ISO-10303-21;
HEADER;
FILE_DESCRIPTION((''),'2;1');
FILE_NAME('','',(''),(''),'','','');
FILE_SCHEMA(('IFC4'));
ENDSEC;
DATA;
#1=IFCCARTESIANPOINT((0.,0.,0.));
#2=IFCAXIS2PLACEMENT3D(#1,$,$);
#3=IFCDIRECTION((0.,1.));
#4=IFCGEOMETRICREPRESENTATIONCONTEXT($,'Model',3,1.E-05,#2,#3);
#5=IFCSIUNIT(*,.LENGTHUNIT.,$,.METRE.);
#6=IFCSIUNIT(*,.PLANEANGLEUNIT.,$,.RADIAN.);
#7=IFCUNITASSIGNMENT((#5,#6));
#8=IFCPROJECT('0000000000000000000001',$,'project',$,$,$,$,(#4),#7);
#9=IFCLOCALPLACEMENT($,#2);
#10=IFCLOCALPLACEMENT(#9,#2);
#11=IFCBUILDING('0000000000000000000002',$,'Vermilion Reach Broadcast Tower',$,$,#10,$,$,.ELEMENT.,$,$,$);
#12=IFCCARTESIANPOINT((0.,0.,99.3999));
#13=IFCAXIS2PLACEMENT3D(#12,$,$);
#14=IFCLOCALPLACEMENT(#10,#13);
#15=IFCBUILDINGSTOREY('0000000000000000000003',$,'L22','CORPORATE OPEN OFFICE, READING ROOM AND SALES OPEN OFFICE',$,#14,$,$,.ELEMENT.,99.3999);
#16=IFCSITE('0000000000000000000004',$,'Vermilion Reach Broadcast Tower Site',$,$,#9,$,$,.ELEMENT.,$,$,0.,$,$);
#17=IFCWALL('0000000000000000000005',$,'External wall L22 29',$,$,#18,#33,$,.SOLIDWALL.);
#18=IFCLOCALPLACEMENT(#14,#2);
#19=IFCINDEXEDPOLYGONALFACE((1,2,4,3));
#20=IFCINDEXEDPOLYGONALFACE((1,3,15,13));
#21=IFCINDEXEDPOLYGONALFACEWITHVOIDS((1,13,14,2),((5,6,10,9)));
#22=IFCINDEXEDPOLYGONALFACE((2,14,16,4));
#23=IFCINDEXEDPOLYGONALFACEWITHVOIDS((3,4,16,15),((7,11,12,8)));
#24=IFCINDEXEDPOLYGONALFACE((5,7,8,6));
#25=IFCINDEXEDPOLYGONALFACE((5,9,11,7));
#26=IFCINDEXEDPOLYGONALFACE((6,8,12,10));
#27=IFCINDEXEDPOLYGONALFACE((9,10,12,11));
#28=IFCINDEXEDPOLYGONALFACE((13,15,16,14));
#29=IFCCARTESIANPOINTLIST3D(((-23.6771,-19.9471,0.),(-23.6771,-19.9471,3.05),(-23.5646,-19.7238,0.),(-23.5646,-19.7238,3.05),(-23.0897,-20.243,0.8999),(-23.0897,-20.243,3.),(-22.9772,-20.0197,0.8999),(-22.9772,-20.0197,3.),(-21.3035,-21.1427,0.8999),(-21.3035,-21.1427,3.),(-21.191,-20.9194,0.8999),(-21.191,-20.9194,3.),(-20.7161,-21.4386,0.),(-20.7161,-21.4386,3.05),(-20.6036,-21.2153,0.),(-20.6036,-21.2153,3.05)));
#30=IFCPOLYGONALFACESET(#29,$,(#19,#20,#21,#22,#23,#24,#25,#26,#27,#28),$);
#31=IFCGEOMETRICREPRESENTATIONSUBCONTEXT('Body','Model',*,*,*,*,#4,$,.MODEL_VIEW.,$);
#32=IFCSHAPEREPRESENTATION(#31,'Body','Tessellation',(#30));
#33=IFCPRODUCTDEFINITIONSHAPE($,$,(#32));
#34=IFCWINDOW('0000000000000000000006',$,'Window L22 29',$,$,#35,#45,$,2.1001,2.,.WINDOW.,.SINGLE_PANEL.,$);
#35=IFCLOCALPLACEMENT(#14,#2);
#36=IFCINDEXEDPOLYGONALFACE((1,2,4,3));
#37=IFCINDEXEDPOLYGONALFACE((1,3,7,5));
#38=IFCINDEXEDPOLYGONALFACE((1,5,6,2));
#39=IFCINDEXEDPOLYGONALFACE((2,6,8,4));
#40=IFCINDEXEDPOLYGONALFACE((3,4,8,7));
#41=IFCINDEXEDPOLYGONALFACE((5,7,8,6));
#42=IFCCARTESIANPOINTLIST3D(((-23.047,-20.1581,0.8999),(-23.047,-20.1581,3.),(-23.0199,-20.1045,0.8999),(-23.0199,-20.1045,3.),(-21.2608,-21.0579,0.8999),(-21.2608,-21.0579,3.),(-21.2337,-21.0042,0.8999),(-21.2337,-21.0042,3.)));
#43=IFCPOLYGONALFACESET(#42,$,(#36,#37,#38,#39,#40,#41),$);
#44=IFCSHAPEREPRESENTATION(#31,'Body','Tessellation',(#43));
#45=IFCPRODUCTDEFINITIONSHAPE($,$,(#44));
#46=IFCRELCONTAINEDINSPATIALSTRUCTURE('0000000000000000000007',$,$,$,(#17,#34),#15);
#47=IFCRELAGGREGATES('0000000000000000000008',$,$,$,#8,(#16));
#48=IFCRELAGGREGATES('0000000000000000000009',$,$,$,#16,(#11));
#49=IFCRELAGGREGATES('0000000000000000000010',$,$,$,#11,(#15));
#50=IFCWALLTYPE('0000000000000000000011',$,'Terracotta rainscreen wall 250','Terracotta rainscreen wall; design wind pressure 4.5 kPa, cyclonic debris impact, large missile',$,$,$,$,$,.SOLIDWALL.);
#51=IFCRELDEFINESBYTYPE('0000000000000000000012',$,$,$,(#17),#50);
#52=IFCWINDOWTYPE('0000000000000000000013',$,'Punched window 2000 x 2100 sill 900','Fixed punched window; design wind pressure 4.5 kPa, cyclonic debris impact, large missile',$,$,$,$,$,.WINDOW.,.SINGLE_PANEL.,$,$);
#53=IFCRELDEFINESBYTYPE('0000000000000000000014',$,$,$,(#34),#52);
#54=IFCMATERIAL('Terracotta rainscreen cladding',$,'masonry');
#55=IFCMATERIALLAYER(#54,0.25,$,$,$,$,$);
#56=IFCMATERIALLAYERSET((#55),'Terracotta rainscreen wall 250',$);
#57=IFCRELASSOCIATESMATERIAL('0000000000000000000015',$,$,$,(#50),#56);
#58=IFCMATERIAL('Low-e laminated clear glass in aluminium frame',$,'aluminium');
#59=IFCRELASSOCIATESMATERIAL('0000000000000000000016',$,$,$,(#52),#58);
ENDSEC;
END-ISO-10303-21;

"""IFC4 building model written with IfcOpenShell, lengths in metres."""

from ifc_helpers import new_model, si_unit, direction, frame, frame_2d, origin, place, context, subcontext, project, spatial, rectangle, extrude, material, layer, layer_set, type_object, element, fill, save


model = new_model("IFC4")

# Units and contexts
model_context = context("Model", 3, precision=1e-05, world=origin(), true_north=direction((0.0, 1.0)))
body_context = subcontext(model_context, "Body", "Model", "MODEL_VIEW")
ifc_project = project(units=[si_unit("LENGTHUNIT", "METRE"), si_unit("PLANEANGLEUNIT", "RADIAN")], contexts=[model_context])

# Site, building, storey
site_placement = place(None, origin())
site = spatial("IfcSite", under=ifc_project, at=site_placement, Name="Vermilion Reach Broadcast Tower Site", CompositionType="ELEMENT", RefElevation=0.0)
building_placement = place(site_placement, origin())
building = spatial("IfcBuilding", under=site, at=building_placement, Name="Vermilion Reach Broadcast Tower", CompositionType="ELEMENT")
storey_placement = place(building_placement, frame((0.0, 0.0, 99.3999)))
storey = spatial("IfcBuildingStorey", under=building, at=storey_placement, Name="L22", Description="CORPORATE OPEN OFFICE, READING ROOM AND SALES OPEN OFFICE", CompositionType="ELEMENT", Elevation=99.3999)

# Shared definitions
ifc_material_1 = material(Name="Terracotta rainscreen cladding", Category="masonry")
ifc_layer_1 = layer(ifc_material_1, 0.25)
ifc_layer_set_1 = layer_set([ifc_layer_1], Name="Terracotta rainscreen wall 250")
wall_type_1 = type_object("IfcWallType", Name="Terracotta rainscreen wall 250", Description="Terracotta rainscreen wall; design wind pressure 4.5 kPa, cyclonic debris impact, large missile", PredefinedType="SOLIDWALL", material=ifc_layer_set_1)

# Shared definitions
ifc_material_2 = material(Name="Low-e laminated clear glass in aluminium frame", Category="aluminium")
window_type = type_object("IfcWindowType", Name="Punched window 2000 x 2100 sill 900", Description="Fixed punched window; design wind pressure 4.5 kPa, cyclonic debris impact, large missile", PartitioningType="SINGLE_PANEL", PredefinedType="WINDOW", material=ifc_material_2)

# Wall, opening, window
wall_1_placement = place(storey_placement, frame((-23.6208, -19.8354, 0.0), z_axis=(0.0, 0.0, 1.0), x_axis=(0.893098, -0.449863, 0.0)))
wall_1 = element("IfcWall", 1, at=wall_1_placement, inside=storey, type_object=wall_type_1, Name="External wall L22 29", PredefinedType="SOLIDWALL", context=body_context, shape_type="SweptSolid", body=[
    extrude(rectangle(XDim=3.3154, YDim=0.25, at=frame_2d((1.6577, 0.0))), origin(), (0.0, 0.0, 1.0), 3.05),
])
opening_1_placement = place(wall_1_placement, frame((0.6577, 0.0, 0.8999)))
opening_1 = element("IfcOpeningElement", 2, at=opening_1_placement, cuts=wall_1, PredefinedType="OPENING", context=body_context, shape_type="SweptSolid", body=[
    extrude(rectangle(XDim=2.0, YDim=2.1001, at=frame_2d((1.0, 1.05))), frame((0.0, 0.135, 0.0), z_axis=(0.0, -1.0, 0.0), x_axis=(1.0, 0.0, 0.0)), (0.0, 0.0, 1.0), 0.27),
])
window_1_placement = place(opening_1_placement, origin())
window_1 = element("IfcWindow", 3, at=window_1_placement, inside=storey, type_object=window_type, Name="Window L22 29", OverallHeight=2.1001, OverallWidth=2.0, PartitioningType="SINGLE_PANEL", PredefinedType="WINDOW", context=body_context, shape_type="SweptSolid", body=[
    extrude(rectangle(XDim=2.0, YDim=2.1001, at=frame_2d((1.0, 1.05))), frame((0.0, 0.03, 0.0), z_axis=(0.0, -1.0, 0.0), x_axis=(1.0, 0.0, 0.0)), (0.0, 0.0, 1.0), 0.0601),
])
fill(opening_1, window_1)

save(model, "model.ifc")
